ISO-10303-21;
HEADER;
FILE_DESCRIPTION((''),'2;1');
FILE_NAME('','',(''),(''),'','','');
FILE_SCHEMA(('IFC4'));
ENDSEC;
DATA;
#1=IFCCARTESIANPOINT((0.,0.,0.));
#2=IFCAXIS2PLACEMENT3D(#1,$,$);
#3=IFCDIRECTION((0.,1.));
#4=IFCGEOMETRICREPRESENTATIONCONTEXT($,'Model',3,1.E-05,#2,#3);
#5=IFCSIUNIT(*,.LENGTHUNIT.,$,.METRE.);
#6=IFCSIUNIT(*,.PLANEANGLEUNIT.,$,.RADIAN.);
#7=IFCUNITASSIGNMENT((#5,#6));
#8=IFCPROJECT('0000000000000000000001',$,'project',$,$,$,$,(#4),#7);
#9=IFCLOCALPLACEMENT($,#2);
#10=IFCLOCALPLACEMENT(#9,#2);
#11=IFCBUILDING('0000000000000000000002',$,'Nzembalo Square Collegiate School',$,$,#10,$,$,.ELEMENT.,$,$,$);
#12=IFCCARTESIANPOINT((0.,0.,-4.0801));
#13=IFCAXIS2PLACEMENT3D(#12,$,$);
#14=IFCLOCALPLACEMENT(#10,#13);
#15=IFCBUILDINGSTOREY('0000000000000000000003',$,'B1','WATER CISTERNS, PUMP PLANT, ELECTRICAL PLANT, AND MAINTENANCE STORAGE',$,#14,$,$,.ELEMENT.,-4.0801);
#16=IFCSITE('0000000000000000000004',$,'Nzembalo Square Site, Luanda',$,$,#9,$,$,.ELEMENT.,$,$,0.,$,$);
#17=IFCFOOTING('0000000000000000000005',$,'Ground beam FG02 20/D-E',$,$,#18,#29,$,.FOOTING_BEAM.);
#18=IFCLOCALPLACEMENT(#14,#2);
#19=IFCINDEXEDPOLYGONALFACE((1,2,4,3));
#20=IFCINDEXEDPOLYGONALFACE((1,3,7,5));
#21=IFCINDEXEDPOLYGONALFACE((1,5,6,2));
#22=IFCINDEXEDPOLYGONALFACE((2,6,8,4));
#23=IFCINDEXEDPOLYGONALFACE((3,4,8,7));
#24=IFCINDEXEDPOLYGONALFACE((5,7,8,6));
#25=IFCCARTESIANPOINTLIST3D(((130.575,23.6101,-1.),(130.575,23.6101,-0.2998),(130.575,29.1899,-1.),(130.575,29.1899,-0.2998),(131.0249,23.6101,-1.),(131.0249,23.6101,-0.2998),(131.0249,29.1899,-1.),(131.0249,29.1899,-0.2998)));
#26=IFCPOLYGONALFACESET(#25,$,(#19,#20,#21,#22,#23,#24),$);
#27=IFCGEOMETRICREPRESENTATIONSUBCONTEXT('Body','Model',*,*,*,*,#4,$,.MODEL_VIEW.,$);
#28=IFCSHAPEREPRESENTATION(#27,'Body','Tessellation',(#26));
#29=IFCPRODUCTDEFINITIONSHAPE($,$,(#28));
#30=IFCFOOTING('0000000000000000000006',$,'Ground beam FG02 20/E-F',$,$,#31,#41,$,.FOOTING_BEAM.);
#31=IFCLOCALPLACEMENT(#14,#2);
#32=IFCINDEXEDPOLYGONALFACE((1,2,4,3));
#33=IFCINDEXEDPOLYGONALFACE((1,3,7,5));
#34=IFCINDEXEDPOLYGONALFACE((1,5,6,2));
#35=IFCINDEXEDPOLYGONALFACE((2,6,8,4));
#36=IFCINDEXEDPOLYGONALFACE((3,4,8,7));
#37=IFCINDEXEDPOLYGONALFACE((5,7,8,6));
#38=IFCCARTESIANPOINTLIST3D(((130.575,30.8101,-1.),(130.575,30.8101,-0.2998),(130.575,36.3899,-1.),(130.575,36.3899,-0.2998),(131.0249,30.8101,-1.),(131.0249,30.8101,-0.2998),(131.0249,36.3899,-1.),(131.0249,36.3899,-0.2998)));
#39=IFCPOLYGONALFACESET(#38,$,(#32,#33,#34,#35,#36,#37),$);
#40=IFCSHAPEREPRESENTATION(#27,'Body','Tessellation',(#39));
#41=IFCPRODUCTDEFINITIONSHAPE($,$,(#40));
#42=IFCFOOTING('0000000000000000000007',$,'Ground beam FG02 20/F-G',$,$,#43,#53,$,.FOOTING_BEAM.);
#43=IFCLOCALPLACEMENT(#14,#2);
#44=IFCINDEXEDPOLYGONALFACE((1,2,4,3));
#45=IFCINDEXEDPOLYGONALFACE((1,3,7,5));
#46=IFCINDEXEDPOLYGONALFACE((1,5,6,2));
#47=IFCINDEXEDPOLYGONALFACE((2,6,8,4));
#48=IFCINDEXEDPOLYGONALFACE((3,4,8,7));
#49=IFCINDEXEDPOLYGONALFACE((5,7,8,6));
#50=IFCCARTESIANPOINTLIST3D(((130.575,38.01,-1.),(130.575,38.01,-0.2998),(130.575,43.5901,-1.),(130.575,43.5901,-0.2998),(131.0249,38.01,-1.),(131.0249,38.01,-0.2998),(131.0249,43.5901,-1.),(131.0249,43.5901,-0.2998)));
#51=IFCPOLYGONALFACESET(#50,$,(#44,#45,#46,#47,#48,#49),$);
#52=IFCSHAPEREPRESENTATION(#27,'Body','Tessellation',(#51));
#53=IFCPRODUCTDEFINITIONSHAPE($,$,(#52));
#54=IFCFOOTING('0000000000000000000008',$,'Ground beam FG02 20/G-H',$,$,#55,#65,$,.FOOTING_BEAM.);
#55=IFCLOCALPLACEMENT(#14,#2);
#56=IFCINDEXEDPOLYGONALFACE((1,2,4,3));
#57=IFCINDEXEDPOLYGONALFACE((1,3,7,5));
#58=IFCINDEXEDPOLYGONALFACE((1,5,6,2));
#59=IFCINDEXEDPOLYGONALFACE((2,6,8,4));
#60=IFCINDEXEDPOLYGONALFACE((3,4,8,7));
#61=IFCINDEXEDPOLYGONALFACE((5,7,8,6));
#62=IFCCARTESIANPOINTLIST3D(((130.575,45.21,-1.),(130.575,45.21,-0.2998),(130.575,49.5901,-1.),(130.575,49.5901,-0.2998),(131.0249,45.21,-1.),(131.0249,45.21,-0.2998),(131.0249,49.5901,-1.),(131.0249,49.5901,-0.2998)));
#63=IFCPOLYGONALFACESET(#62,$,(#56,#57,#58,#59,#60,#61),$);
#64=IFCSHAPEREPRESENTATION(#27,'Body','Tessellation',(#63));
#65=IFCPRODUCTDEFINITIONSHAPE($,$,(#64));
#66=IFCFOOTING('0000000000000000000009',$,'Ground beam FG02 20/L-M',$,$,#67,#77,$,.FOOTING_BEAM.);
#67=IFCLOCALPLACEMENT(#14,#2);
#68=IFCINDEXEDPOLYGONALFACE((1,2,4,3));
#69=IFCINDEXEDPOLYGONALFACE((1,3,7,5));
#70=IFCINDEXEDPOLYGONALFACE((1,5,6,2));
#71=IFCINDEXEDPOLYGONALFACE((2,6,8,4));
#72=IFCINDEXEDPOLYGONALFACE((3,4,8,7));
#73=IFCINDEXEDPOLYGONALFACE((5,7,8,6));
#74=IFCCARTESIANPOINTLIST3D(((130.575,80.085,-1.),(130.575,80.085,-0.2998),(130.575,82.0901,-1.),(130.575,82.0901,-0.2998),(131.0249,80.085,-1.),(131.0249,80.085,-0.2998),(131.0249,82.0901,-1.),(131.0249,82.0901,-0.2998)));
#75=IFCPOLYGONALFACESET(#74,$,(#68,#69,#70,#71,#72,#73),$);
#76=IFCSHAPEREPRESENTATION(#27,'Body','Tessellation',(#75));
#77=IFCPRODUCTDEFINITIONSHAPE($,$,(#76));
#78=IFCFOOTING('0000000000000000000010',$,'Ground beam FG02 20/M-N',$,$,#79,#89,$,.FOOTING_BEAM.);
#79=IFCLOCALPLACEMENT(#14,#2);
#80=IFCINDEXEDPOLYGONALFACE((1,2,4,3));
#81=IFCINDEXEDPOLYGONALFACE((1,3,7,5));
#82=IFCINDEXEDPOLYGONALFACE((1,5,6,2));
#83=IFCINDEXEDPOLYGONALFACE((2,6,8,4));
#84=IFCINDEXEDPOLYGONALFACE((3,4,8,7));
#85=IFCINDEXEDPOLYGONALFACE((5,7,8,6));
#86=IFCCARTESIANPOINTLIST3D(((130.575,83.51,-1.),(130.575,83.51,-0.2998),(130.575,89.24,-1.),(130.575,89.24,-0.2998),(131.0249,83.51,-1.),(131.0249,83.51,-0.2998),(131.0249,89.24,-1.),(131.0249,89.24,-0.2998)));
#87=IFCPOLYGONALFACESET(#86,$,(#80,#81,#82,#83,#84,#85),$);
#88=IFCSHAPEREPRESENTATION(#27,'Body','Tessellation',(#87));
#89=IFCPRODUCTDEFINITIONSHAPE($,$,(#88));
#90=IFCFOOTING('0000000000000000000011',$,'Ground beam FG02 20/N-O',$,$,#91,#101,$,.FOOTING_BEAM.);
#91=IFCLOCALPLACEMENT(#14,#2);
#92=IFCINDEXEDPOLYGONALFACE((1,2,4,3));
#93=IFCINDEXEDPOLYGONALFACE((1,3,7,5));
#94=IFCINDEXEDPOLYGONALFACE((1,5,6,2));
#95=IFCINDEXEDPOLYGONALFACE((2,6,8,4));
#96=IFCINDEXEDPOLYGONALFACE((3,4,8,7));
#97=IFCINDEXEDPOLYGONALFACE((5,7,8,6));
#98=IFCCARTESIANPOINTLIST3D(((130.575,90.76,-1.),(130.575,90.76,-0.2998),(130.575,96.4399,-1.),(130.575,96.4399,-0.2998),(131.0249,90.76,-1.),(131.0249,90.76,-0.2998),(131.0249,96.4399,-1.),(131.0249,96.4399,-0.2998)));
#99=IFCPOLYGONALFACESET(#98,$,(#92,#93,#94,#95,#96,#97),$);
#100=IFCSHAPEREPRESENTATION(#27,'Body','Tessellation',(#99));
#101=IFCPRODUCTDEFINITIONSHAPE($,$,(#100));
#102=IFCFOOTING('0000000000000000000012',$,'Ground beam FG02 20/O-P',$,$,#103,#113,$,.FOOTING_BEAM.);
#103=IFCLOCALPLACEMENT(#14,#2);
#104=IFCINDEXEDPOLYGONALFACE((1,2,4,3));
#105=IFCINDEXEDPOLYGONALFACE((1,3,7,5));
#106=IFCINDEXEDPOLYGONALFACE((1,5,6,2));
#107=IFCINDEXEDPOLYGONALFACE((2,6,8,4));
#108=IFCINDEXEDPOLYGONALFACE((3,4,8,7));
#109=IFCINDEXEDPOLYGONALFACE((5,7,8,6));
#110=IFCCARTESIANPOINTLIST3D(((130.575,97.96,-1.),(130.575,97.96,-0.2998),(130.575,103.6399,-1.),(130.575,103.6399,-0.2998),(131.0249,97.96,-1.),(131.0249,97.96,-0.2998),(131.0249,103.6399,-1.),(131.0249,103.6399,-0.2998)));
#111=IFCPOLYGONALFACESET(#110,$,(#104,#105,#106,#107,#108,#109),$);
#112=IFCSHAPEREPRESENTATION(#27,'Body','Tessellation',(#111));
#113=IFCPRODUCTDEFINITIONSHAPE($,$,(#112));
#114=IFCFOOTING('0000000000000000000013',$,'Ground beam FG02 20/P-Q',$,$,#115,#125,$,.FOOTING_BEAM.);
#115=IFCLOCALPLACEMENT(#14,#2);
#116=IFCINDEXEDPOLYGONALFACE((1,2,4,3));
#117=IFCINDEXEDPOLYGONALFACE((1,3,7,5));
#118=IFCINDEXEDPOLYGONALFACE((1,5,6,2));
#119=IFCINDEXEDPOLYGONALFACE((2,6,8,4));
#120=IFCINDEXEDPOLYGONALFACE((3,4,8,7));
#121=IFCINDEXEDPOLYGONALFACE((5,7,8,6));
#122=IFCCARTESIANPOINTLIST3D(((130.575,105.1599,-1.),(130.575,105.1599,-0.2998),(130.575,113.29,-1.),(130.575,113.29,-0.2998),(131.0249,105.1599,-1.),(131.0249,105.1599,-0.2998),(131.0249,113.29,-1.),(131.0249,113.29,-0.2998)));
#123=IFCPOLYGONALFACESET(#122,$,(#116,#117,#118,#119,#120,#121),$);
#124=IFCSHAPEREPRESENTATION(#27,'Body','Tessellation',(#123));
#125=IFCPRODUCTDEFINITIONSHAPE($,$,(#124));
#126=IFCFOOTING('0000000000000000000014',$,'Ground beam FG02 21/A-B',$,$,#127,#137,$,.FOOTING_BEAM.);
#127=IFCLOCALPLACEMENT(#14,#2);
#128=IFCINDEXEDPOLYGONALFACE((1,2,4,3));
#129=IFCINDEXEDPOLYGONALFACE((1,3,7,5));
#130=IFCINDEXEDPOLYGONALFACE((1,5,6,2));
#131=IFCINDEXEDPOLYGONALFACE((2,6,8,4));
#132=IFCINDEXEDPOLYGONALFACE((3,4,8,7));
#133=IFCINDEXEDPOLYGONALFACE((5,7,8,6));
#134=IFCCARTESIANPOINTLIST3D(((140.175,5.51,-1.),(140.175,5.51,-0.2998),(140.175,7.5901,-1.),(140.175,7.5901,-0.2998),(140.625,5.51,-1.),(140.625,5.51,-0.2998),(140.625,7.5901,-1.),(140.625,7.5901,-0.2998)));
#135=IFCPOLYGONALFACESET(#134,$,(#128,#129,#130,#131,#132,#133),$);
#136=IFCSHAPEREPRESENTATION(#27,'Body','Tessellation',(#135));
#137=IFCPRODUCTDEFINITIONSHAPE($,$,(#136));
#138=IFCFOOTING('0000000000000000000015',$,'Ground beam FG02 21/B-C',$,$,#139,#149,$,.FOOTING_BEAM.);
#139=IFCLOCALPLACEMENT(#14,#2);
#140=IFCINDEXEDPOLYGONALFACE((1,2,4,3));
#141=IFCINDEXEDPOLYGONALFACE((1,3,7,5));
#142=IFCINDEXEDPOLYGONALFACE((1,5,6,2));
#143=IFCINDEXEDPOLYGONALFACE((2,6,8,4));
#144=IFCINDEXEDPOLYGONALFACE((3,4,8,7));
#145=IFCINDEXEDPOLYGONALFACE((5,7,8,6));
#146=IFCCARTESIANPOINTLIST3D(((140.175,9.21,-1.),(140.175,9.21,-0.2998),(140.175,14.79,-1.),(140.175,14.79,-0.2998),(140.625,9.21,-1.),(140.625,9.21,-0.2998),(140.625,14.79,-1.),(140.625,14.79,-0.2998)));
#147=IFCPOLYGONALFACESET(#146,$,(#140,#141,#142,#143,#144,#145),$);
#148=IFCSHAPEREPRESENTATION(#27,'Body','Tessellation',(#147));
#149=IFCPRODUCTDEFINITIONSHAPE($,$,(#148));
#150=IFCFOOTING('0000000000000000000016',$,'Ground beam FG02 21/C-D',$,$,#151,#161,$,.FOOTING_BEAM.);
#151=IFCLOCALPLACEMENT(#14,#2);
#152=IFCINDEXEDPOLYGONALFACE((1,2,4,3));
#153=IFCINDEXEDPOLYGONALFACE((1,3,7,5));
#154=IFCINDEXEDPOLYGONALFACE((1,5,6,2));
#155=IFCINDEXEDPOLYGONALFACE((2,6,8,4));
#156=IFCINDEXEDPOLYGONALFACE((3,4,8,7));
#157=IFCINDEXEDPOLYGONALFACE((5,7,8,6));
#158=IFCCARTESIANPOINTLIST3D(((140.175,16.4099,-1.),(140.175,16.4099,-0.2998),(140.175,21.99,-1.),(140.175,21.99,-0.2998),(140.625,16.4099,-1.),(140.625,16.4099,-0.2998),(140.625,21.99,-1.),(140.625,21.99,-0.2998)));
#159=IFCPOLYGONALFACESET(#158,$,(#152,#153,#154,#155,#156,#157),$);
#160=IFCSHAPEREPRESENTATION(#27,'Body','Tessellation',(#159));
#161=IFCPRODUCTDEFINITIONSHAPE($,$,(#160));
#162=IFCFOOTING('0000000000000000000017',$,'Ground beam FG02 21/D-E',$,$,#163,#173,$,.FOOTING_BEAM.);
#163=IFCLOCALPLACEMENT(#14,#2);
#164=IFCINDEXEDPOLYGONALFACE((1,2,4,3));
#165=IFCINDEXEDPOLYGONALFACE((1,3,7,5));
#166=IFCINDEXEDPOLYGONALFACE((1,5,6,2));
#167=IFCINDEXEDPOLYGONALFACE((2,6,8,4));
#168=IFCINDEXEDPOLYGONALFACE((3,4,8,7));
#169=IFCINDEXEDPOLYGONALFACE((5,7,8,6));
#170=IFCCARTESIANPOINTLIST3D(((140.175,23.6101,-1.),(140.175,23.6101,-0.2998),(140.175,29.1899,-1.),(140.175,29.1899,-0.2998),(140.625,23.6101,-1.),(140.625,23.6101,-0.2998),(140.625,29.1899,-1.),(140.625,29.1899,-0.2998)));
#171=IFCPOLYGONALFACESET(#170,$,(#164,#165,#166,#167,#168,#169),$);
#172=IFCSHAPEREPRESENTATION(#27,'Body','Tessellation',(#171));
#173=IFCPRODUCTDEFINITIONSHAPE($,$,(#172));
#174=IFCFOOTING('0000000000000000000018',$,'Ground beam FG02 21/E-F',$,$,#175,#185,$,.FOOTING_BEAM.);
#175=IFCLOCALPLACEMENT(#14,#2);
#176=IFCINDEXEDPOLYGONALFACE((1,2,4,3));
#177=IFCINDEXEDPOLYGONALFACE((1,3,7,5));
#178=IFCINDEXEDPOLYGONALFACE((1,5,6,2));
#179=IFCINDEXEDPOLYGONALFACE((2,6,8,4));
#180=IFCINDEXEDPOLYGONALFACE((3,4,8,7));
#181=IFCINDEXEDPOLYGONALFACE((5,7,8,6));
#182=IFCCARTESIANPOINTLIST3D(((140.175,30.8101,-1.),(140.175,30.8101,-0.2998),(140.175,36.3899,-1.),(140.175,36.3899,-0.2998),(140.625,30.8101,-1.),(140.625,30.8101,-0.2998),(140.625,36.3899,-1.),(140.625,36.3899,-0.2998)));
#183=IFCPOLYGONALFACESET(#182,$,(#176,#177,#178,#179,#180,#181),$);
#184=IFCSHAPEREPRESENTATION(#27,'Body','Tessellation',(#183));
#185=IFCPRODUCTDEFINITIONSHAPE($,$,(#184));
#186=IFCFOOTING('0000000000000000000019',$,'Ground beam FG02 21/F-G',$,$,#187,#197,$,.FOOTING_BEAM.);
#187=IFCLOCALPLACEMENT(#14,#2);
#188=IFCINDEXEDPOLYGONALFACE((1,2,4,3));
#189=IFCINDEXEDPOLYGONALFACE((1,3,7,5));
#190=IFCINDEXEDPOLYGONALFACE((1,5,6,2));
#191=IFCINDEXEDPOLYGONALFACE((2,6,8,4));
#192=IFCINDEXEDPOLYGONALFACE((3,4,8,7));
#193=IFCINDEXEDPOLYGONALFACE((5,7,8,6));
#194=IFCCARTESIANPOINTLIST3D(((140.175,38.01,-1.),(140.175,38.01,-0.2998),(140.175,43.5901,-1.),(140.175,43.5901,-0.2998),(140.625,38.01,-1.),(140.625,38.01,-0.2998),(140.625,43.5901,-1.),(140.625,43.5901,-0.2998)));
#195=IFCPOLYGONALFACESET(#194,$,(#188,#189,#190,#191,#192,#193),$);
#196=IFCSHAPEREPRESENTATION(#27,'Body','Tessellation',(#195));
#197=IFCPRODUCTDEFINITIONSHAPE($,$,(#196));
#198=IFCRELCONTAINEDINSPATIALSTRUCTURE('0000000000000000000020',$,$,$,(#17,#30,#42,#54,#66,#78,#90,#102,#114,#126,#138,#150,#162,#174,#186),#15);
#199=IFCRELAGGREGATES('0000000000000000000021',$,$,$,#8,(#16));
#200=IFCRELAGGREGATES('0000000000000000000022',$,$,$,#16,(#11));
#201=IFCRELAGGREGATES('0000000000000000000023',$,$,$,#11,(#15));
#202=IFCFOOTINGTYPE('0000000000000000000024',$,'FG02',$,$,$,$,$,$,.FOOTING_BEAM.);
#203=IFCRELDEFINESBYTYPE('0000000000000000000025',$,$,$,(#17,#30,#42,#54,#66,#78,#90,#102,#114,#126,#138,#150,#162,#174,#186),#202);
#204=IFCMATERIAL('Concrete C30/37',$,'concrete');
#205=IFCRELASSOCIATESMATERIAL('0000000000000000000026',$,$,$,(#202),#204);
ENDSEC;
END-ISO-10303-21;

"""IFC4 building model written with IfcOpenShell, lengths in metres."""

from ifc_helpers import new_model, si_unit, direction, frame, origin, place, context, subcontext, project, spatial, polyline, outline, extrude, material, type_object, element, save


model = new_model("IFC4")

# Units and contexts
model_context = context("Model", 3, precision=1e-05, world=origin(), true_north=direction((0.0, 1.0)))
body_context = subcontext(model_context, "Body", "Model", "MODEL_VIEW")
ifc_project = project(units=[si_unit("LENGTHUNIT", "METRE"), si_unit("PLANEANGLEUNIT", "RADIAN")], contexts=[model_context])

# Site, building, storey
site_placement = place(None, origin())
site = spatial("IfcSite", under=ifc_project, at=site_placement, Name="Nzembalo Square Site, Luanda", CompositionType="ELEMENT", RefElevation=0.0)
building_placement = place(site_placement, origin())
building = spatial("IfcBuilding", under=site, at=building_placement, Name="Nzembalo Square Collegiate School", CompositionType="ELEMENT")
storey_placement = place(building_placement, frame((0.0, 0.0, -4.0801)))
storey = spatial("IfcBuildingStorey", under=building, at=storey_placement, Name="B1", Description="WATER CISTERNS, PUMP PLANT, ELECTRICAL PLANT, AND MAINTENANCE STORAGE", CompositionType="ELEMENT", Elevation=-4.0801)

# Footings
ifc_material = material(Name="Concrete C30/37", Category="concrete")
footing_type = type_object("IfcFootingType", Name="FG02", PredefinedType="FOOTING_BEAM", material=ifc_material)
footing_1_placement = place(storey_placement, frame((0.0, 0.0, -1.0)))
element("IfcFooting", 1, at=footing_1_placement, inside=storey, type_object=footing_type, Name="Ground beam FG02 20/D-E", PredefinedType="FOOTING_BEAM", context=body_context, shape_type="SweptSolid", body=[
    extrude(outline(polyline([(130.575, 23.6101), (131.0249, 23.6101), (131.0249, 29.1899), (130.575, 29.1899), (130.575, 23.6101)])), origin(), (0.0, 0.0, 1.0), 0.7002),
])
footing_2_placement = place(storey_placement, frame((0.0, 0.0, -1.0)))
element("IfcFooting", 2, at=footing_2_placement, inside=storey, type_object=footing_type, Name="Ground beam FG02 20/E-F", PredefinedType="FOOTING_BEAM", context=body_context, shape_type="SweptSolid", body=[
    extrude(outline(polyline([(130.575, 30.8101), (131.0249, 30.8101), (131.0249, 36.3899), (130.575, 36.3899), (130.575, 30.8101)])), origin(), (0.0, 0.0, 1.0), 0.7002),
])
footing_3_placement = place(storey_placement, frame((0.0, 0.0, -1.0)))
element("IfcFooting", 3, at=footing_3_placement, inside=storey, type_object=footing_type, Name="Ground beam FG02 20/F-G", PredefinedType="FOOTING_BEAM", context=body_context, shape_type="SweptSolid", body=[
    extrude(outline(polyline([(130.575, 38.01), (131.0249, 38.01), (131.0249, 43.5901), (130.575, 43.5901), (130.575, 38.01)])), origin(), (0.0, 0.0, 1.0), 0.7002),
])
footing_4_placement = place(storey_placement, frame((0.0, 0.0, -1.0)))
element("IfcFooting", 4, at=footing_4_placement, inside=storey, type_object=footing_type, Name="Ground beam FG02 20/G-H", PredefinedType="FOOTING_BEAM", context=body_context, shape_type="SweptSolid", body=[
    extrude(outline(polyline([(130.575, 45.21), (131.0249, 45.21), (131.0249, 49.5901), (130.575, 49.5901), (130.575, 45.21)])), origin(), (0.0, 0.0, 1.0), 0.7002),
])
footing_5_placement = place(storey_placement, frame((0.0, 0.0, -1.0)))
element("IfcFooting", 5, at=footing_5_placement, inside=storey, type_object=footing_type, Name="Ground beam FG02 20/L-M", PredefinedType="FOOTING_BEAM", context=body_context, shape_type="SweptSolid", body=[
    extrude(outline(polyline([(130.575, 80.085), (131.0249, 80.085), (131.0249, 82.0901), (130.575, 82.0901), (130.575, 80.085)])), origin(), (0.0, 0.0, 1.0), 0.7002),
])
footing_6_placement = place(storey_placement, frame((0.0, 0.0, -1.0)))
element("IfcFooting", 6, at=footing_6_placement, inside=storey, type_object=footing_type, Name="Ground beam FG02 20/M-N", PredefinedType="FOOTING_BEAM", context=body_context, shape_type="SweptSolid", body=[
    extrude(outline(polyline([(130.575, 83.51), (131.0249, 83.51), (131.0249, 89.24), (130.575, 89.24), (130.575, 83.51)])), origin(), (0.0, 0.0, 1.0), 0.7002),
])
footing_7_placement = place(storey_placement, frame((0.0, 0.0, -1.0)))
element("IfcFooting", 7, at=footing_7_placement, inside=storey, type_object=footing_type, Name="Ground beam FG02 20/N-O", PredefinedType="FOOTING_BEAM", context=body_context, shape_type="SweptSolid", body=[
    extrude(outline(polyline([(130.575, 90.76), (131.0249, 90.76), (131.0249, 96.4399), (130.575, 96.4399), (130.575, 90.76)])), origin(), (0.0, 0.0, 1.0), 0.7002),
])
footing_8_placement = place(storey_placement, frame((0.0, 0.0, -1.0)))
element("IfcFooting", 8, at=footing_8_placement, inside=storey, type_object=footing_type, Name="Ground beam FG02 20/O-P", PredefinedType="FOOTING_BEAM", context=body_context, shape_type="SweptSolid", body=[
    extrude(outline(polyline([(130.575, 97.96), (131.0249, 97.96), (131.0249, 103.6399), (130.575, 103.6399), (130.575, 97.96)])), origin(), (0.0, 0.0, 1.0), 0.7002),
])
footing_9_placement = place(storey_placement, frame((0.0, 0.0, -1.0)))
element("IfcFooting", 9, at=footing_9_placement, inside=storey, type_object=footing_type, Name="Ground beam FG02 20/P-Q", PredefinedType="FOOTING_BEAM", context=body_context, shape_type="SweptSolid", body=[
    extrude(outline(polyline([(130.575, 105.1599), (131.0249, 105.1599), (131.0249, 113.29), (130.575, 113.29), (130.575, 105.1599)])), origin(), (0.0, 0.0, 1.0), 0.7002),
])
footing_10_placement = place(storey_placement, frame((0.0, 0.0, -1.0)))
element("IfcFooting", 10, at=footing_10_placement, inside=storey, type_object=footing_type, Name="Ground beam FG02 21/A-B", PredefinedType="FOOTING_BEAM", context=body_context, shape_type="SweptSolid", body=[
    extrude(outline(polyline([(140.175, 5.51), (140.625, 5.51), (140.625, 7.5901), (140.175, 7.5901), (140.175, 5.51)])), origin(), (0.0, 0.0, 1.0), 0.7002),
])
footing_11_placement = place(storey_placement, frame((0.0, 0.0, -1.0)))
element("IfcFooting", 11, at=footing_11_placement, inside=storey, type_object=footing_type, Name="Ground beam FG02 21/B-C", PredefinedType="FOOTING_BEAM", context=body_context, shape_type="SweptSolid", body=[
    extrude(outline(polyline([(140.175, 9.21), (140.625, 9.21), (140.625, 14.79), (140.175, 14.79), (140.175, 9.21)])), origin(), (0.0, 0.0, 1.0), 0.7002),
])
footing_12_placement = place(storey_placement, frame((0.0, 0.0, -1.0)))
element("IfcFooting", 12, at=footing_12_placement, inside=storey, type_object=footing_type, Name="Ground beam FG02 21/C-D", PredefinedType="FOOTING_BEAM", context=body_context, shape_type="SweptSolid", body=[
    extrude(outline(polyline([(140.175, 16.4099), (140.625, 16.4099), (140.625, 21.99), (140.175, 21.99), (140.175, 16.4099)])), origin(), (0.0, 0.0, 1.0), 0.7002),
])
footing_13_placement = place(storey_placement, frame((0.0, 0.0, -1.0)))
element("IfcFooting", 13, at=footing_13_placement, inside=storey, type_object=footing_type, Name="Ground beam FG02 21/D-E", PredefinedType="FOOTING_BEAM", context=body_context, shape_type="SweptSolid", body=[
    extrude(outline(polyline([(140.175, 23.6101), (140.625, 23.6101), (140.625, 29.1899), (140.175, 29.1899), (140.175, 23.6101)])), origin(), (0.0, 0.0, 1.0), 0.7002),
])
footing_14_placement = place(storey_placement, frame((0.0, 0.0, -1.0)))
element("IfcFooting", 14, at=footing_14_placement, inside=storey, type_object=footing_type, Name="Ground beam FG02 21/E-F", PredefinedType="FOOTING_BEAM", context=body_context, shape_type="SweptSolid", body=[
    extrude(outline(polyline([(140.175, 30.8101), (140.625, 30.8101), (140.625, 36.3899), (140.175, 36.3899), (140.175, 30.8101)])), origin(), (0.0, 0.0, 1.0), 0.7002),
])
footing_15_placement = place(storey_placement, frame((0.0, 0.0, -1.0)))
element("IfcFooting", 15, at=footing_15_placement, inside=storey, type_object=footing_type, Name="Ground beam FG02 21/F-G", PredefinedType="FOOTING_BEAM", context=body_context, shape_type="SweptSolid", body=[
    extrude(outline(polyline([(140.175, 38.01), (140.625, 38.01), (140.625, 43.5901), (140.175, 43.5901), (140.175, 38.01)])), origin(), (0.0, 0.0, 1.0), 0.7002),
])

save(model, "model.ifc")
